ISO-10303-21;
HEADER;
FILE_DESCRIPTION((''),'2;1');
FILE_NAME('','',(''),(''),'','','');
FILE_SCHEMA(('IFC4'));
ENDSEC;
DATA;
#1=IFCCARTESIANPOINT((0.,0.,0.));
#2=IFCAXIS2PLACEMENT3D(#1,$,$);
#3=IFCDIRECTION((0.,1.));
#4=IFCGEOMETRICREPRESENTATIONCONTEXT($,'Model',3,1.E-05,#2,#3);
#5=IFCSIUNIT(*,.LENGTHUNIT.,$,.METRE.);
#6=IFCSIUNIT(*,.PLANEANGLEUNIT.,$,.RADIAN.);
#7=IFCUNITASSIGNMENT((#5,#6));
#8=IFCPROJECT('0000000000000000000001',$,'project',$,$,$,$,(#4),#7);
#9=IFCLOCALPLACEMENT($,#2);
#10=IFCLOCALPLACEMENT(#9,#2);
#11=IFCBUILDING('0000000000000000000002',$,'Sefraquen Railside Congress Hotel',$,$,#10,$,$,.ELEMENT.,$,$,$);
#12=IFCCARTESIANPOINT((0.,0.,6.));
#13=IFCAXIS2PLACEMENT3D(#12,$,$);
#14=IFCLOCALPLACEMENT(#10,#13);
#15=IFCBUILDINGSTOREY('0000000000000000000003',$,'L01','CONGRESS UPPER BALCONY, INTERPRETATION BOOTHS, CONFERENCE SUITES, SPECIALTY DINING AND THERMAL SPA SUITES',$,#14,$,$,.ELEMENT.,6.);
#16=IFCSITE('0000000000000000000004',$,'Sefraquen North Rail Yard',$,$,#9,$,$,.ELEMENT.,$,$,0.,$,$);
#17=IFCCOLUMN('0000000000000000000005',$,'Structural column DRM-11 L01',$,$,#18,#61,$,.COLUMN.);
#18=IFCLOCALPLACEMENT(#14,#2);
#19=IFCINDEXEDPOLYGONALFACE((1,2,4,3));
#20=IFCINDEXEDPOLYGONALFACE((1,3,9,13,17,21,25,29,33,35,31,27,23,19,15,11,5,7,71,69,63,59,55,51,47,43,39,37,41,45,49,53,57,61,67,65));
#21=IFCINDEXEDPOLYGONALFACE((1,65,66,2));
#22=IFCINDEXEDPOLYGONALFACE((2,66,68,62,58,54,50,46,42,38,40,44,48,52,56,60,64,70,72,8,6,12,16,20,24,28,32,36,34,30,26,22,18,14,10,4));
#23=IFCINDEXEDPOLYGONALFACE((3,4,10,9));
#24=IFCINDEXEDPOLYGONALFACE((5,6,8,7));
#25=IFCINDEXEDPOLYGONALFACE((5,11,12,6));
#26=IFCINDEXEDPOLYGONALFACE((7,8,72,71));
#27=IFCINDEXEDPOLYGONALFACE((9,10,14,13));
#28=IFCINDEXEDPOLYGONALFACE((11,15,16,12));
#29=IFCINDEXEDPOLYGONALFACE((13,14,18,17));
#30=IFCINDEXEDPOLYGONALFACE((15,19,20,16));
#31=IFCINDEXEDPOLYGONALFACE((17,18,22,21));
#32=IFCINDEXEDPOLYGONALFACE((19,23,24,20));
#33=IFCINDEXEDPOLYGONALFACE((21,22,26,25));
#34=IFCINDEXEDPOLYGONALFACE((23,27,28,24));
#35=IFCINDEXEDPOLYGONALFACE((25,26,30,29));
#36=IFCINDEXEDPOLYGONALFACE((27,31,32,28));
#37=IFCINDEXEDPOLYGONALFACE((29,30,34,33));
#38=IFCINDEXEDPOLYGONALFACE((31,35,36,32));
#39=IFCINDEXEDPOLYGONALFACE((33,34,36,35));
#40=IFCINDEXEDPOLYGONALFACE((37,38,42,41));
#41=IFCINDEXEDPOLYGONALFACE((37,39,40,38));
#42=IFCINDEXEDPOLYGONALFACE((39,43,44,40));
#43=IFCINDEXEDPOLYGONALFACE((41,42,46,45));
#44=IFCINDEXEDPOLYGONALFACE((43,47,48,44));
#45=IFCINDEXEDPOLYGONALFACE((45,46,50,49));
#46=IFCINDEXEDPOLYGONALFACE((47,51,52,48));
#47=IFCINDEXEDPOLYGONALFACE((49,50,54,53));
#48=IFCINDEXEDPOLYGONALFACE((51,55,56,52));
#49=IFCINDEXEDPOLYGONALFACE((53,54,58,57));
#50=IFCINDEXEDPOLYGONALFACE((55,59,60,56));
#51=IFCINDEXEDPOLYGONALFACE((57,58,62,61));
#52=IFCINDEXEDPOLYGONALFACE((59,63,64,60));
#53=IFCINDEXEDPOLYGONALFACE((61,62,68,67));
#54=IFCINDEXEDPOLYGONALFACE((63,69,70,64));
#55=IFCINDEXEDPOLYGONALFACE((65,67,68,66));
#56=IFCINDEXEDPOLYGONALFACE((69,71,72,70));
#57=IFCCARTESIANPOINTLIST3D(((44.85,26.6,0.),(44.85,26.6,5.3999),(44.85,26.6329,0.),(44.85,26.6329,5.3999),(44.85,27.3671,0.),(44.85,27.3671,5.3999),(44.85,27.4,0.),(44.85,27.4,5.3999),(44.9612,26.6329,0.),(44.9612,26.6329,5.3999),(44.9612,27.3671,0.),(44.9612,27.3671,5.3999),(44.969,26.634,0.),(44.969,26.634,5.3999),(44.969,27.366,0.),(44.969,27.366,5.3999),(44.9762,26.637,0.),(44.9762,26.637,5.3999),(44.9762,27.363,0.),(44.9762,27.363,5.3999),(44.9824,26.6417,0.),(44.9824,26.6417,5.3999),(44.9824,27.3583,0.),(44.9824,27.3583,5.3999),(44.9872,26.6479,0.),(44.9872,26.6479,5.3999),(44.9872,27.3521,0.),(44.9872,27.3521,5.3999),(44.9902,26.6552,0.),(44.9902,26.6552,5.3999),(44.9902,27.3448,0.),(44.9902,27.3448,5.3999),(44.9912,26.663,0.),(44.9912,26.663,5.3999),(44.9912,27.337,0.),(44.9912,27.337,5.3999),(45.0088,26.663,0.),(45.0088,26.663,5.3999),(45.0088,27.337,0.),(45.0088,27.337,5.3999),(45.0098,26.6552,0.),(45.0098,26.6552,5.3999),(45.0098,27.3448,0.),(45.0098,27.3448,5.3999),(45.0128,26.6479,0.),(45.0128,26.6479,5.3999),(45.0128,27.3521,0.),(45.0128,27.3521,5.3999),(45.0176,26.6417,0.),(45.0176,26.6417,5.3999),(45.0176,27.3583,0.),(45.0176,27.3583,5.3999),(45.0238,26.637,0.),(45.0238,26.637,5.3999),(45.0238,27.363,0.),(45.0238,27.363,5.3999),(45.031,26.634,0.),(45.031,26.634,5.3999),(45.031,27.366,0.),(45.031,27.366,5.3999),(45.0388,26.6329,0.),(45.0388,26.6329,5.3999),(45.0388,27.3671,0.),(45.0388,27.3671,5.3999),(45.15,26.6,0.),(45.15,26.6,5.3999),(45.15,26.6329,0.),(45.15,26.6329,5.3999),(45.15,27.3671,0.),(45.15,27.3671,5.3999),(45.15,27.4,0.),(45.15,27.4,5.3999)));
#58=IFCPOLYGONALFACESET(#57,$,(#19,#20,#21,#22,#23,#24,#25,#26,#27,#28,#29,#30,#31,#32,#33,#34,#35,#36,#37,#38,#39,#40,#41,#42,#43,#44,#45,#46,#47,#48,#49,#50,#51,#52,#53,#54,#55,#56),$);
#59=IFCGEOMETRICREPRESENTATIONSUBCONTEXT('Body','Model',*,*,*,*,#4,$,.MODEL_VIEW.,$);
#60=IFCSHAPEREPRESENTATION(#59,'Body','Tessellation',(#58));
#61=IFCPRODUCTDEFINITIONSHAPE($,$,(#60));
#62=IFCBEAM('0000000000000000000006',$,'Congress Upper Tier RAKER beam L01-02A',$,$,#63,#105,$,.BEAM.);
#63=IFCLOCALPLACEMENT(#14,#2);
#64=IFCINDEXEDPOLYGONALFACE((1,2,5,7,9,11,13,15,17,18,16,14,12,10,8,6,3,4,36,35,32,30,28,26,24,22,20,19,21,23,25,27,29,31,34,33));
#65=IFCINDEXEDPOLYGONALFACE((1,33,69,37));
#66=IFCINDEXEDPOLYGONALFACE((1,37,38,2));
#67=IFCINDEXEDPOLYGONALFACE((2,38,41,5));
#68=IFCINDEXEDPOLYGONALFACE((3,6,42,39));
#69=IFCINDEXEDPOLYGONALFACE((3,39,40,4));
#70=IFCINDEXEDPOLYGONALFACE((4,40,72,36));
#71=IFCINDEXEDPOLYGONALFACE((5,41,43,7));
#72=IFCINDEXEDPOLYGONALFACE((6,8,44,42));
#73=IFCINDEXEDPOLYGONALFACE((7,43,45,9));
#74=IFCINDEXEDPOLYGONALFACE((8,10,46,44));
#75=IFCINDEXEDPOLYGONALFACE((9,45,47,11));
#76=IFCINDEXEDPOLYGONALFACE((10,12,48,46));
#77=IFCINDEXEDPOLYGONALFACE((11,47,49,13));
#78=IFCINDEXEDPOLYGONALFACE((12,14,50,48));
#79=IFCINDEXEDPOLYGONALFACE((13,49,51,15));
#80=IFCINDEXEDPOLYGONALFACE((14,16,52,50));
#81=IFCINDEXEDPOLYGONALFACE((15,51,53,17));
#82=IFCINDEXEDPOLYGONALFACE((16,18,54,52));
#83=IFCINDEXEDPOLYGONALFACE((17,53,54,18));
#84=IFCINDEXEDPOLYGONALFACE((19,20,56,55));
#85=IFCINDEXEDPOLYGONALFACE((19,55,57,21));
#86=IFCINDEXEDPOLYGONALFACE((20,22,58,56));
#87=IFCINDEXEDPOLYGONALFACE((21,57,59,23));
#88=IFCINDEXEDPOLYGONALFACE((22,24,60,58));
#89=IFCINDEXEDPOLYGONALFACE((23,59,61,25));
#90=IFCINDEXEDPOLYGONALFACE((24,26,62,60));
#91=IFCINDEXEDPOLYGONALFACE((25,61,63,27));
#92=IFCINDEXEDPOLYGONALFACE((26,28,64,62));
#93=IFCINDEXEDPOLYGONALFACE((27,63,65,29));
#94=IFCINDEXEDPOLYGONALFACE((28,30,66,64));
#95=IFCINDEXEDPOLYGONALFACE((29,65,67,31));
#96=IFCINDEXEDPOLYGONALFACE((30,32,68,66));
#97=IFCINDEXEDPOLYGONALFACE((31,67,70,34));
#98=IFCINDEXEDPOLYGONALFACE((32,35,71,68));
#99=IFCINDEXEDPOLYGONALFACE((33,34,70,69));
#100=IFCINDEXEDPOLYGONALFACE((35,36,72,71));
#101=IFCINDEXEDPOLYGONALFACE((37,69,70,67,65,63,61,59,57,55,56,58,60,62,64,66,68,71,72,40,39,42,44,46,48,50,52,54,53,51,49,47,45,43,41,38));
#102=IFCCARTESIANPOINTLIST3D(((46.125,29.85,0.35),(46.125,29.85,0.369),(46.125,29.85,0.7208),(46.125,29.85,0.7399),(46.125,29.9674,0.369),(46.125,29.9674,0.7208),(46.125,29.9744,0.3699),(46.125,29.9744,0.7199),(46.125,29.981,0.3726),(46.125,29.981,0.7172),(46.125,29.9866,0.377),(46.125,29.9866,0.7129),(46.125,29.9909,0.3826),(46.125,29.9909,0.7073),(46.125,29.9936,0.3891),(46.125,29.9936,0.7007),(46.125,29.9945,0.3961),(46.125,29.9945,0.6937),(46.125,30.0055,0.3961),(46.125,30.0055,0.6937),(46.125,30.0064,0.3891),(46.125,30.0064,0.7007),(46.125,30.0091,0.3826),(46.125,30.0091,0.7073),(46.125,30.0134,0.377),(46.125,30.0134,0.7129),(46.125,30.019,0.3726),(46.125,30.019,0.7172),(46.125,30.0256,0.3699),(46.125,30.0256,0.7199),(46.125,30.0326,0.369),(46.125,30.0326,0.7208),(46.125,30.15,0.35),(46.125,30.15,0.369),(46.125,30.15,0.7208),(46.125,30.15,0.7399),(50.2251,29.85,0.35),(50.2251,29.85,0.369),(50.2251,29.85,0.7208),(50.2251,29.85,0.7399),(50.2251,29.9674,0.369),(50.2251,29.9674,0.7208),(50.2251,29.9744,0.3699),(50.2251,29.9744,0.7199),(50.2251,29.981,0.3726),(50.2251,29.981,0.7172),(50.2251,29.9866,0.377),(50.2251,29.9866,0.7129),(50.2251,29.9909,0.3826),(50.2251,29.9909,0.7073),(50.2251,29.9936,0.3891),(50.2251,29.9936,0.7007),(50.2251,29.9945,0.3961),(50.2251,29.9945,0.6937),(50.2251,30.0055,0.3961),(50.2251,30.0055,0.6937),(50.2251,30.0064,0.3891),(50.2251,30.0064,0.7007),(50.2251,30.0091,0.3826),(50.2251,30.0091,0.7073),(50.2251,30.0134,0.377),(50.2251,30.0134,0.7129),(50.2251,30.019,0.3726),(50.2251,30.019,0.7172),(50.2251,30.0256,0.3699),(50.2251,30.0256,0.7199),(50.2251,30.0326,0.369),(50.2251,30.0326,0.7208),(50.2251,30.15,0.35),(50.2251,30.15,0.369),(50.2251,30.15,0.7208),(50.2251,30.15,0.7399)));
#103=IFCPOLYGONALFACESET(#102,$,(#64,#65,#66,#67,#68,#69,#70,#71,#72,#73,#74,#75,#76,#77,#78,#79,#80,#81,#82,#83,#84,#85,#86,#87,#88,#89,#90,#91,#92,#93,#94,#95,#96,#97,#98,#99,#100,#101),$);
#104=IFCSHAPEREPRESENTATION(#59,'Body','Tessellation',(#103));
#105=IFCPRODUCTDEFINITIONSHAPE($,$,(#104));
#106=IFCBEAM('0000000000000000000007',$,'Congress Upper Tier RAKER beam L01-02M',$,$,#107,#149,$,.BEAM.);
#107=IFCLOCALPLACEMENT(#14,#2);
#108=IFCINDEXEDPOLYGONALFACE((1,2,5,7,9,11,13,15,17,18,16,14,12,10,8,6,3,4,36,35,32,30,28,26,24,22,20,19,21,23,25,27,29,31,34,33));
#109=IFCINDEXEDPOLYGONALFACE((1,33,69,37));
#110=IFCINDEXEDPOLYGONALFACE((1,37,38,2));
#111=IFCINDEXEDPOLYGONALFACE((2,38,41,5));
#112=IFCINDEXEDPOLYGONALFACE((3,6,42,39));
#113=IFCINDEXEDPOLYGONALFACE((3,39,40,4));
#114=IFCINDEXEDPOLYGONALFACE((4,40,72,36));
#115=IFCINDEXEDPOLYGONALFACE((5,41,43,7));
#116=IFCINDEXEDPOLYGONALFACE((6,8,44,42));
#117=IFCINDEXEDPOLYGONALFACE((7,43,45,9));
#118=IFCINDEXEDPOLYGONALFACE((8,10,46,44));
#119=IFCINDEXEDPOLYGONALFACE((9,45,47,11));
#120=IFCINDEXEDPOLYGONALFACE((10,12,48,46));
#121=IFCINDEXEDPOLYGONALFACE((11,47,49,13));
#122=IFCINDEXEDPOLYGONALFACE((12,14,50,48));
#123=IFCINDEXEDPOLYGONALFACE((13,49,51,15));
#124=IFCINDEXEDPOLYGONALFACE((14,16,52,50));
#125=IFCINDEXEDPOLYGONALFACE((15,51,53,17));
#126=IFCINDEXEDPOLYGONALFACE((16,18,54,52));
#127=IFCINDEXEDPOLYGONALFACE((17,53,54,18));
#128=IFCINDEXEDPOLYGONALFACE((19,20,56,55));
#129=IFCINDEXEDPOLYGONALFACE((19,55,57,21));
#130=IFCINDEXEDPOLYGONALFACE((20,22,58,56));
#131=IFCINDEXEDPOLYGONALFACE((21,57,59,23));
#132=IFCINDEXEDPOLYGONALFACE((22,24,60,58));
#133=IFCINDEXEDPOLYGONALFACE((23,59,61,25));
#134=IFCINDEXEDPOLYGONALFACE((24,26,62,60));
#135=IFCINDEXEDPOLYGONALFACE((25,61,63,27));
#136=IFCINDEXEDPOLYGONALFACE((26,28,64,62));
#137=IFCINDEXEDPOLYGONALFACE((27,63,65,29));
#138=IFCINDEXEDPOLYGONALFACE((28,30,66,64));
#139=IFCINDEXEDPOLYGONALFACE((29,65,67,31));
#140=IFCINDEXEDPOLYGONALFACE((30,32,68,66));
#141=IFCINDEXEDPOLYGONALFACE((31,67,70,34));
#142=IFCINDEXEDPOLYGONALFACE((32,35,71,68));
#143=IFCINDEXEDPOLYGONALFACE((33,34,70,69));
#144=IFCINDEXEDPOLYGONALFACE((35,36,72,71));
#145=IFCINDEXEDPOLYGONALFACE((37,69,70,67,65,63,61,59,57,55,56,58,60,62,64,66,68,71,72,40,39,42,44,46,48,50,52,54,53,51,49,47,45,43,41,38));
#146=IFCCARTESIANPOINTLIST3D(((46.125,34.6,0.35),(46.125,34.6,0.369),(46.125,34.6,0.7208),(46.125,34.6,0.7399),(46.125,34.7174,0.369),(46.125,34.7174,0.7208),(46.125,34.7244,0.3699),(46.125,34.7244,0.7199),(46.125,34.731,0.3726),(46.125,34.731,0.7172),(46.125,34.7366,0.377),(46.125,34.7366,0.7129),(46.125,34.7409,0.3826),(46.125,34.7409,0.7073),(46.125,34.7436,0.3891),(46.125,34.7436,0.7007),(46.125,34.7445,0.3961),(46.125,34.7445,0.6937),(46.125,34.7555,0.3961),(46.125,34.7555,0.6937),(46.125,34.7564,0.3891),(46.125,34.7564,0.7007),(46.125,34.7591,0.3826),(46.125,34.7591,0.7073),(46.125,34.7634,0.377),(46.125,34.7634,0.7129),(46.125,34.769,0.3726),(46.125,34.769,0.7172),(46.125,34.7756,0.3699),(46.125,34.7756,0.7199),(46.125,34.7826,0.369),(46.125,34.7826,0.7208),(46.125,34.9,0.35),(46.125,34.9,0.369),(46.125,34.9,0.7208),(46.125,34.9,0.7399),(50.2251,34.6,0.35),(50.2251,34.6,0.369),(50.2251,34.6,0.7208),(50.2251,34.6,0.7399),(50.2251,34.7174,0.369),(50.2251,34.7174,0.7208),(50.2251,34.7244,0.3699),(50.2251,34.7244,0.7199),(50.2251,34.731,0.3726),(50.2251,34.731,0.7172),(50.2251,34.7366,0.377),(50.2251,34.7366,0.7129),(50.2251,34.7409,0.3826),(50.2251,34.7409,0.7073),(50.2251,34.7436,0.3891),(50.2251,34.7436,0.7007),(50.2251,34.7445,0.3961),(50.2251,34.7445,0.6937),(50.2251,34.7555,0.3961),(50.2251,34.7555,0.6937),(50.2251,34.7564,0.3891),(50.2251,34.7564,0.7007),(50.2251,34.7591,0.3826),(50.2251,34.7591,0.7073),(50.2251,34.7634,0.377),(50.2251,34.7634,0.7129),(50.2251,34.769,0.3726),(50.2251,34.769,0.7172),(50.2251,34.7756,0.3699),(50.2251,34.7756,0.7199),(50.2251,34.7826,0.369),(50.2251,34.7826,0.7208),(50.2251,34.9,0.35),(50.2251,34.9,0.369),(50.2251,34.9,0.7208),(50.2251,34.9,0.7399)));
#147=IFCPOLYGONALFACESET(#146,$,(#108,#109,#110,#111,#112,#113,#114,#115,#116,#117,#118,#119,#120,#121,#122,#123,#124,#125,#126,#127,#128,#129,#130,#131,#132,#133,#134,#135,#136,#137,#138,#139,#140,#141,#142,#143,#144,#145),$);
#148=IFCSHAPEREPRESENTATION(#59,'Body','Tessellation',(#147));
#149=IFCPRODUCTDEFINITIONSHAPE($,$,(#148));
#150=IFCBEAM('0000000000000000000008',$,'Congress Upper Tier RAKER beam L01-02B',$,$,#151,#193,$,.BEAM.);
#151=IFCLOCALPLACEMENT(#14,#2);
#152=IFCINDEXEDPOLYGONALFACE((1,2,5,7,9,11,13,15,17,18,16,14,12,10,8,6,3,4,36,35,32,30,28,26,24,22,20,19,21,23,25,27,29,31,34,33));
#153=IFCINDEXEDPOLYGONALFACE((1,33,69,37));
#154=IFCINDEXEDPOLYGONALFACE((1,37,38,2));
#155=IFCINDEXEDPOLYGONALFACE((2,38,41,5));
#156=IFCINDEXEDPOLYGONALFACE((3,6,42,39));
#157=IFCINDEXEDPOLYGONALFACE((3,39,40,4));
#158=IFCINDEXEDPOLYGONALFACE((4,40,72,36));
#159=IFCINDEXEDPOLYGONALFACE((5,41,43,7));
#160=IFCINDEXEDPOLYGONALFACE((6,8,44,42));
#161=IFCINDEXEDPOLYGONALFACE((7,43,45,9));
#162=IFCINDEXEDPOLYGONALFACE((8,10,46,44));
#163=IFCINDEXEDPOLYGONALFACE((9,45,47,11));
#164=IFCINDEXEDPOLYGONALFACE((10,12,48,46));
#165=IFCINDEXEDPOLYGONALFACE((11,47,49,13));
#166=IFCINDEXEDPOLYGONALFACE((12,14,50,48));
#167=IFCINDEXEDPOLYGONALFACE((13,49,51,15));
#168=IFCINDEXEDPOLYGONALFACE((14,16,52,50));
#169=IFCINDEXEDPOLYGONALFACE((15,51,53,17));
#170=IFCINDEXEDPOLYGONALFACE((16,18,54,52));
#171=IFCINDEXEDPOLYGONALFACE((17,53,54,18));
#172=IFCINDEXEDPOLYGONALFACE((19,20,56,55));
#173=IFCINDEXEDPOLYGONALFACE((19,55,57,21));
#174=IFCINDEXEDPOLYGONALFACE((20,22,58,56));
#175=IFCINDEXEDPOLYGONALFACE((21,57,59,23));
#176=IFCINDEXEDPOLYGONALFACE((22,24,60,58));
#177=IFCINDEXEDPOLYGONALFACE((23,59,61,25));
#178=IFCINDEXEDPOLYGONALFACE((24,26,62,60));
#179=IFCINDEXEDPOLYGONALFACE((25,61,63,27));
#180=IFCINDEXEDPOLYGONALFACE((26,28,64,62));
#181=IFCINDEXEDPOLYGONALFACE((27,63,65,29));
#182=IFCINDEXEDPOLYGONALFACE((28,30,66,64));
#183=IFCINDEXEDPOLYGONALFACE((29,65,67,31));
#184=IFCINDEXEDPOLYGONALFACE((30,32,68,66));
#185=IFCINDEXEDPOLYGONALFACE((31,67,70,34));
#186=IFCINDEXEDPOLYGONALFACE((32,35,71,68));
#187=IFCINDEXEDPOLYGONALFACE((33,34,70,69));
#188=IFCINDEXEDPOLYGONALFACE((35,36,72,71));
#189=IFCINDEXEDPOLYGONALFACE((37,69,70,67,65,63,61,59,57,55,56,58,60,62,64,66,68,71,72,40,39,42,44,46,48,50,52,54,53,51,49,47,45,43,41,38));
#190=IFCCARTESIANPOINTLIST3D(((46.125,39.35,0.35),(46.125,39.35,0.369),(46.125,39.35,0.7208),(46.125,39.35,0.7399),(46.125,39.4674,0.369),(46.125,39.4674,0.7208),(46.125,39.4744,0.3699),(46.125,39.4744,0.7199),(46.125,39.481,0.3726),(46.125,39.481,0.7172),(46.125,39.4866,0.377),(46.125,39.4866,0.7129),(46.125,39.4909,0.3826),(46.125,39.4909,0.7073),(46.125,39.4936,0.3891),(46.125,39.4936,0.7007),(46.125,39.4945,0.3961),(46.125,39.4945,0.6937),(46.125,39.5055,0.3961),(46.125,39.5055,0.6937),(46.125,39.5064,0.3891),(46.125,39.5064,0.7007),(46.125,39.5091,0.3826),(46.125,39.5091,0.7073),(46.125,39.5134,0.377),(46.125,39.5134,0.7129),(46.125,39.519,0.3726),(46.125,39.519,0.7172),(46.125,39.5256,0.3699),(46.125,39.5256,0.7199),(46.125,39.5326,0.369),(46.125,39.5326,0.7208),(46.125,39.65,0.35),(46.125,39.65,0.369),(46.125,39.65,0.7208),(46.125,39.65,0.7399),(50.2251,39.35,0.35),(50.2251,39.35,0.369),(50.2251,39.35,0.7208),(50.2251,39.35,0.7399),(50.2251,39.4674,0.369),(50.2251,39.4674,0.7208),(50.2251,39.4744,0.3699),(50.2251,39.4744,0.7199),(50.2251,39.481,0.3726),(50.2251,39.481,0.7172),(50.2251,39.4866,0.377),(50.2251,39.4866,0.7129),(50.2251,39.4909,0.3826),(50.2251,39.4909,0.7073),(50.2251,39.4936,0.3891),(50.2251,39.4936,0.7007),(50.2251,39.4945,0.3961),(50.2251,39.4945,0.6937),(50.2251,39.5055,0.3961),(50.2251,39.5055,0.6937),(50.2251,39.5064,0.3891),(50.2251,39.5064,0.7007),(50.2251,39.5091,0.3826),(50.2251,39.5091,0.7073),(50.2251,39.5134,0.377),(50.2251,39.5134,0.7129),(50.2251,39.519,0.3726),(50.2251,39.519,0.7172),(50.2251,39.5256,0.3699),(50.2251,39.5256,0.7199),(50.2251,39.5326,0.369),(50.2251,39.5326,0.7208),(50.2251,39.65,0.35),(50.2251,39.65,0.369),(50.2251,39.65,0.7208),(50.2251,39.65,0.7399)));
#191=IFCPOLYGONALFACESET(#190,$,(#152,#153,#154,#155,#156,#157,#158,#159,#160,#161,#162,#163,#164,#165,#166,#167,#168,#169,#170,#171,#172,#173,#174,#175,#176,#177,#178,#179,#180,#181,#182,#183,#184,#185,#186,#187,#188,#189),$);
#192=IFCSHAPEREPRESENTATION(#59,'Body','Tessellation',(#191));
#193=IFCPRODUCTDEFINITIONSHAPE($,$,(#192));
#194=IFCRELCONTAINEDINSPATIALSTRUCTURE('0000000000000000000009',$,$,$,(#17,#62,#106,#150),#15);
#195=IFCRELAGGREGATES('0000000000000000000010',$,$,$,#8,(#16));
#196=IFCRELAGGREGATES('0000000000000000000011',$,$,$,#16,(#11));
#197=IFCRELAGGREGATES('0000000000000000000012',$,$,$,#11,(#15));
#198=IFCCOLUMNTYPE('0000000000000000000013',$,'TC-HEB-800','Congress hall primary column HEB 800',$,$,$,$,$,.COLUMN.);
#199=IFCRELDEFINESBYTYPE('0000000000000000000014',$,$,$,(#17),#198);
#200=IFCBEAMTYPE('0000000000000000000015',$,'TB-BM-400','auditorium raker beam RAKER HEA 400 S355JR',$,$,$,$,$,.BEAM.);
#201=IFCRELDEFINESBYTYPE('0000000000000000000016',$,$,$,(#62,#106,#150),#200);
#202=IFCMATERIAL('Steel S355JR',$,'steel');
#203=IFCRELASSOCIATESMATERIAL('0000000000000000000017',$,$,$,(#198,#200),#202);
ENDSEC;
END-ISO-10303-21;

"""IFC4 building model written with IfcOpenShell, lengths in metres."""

from ifc_helpers import new_model, si_unit, direction, frame, origin, origin_2d, place, context, subcontext, project, spatial, i_section, extrude, material, material_profile, profile_set, type_object, element, save


model = new_model("IFC4")

# Units and contexts
model_context = context("Model", 3, precision=1e-05, world=origin(), true_north=direction((0.0, 1.0)))
body_context = subcontext(model_context, "Body", "Model", "MODEL_VIEW")
ifc_project = project(units=[si_unit("LENGTHUNIT", "METRE"), si_unit("PLANEANGLEUNIT", "RADIAN")], contexts=[model_context])

# Site, building, storey
site_placement = place(None, origin())
site = spatial("IfcSite", under=ifc_project, at=site_placement, Name="Sefraquen North Rail Yard", CompositionType="ELEMENT", RefElevation=0.0)
building_placement = place(site_placement, origin())
building = spatial("IfcBuilding", under=site, at=building_placement, Name="Sefraquen Railside Congress Hotel", CompositionType="ELEMENT")
storey_placement = place(building_placement, frame((0.0, 0.0, 6.0)))
storey = spatial("IfcBuildingStorey", under=building, at=storey_placement, Name="L01", Description="CONGRESS UPPER BALCONY, INTERPRETATION BOOTHS, CONFERENCE SUITES, SPECIALTY DINING AND THERMAL SPA SUITES", CompositionType="ELEMENT", Elevation=6.0)

# Column
ifc_material_1 = material(Name="Steel S355JR", Category="steel")
ifc_material_profile_1 = material_profile(ifc_material_1, i_section(OverallWidth=0.3, OverallDepth=0.8, WebThickness=0.0176, FlangeThickness=0.033, FilletRadius=0.03, at=origin_2d()), Name="HEB 800")
ifc_profile_set_1 = profile_set([ifc_material_profile_1], Name="Steel S355JR")
column_type_1 = type_object("IfcColumnType", Name="TC-HEB-800", Description="Congress hall primary column HEB 800", PredefinedType="COLUMN", material=ifc_profile_set_1)
for number, where, z_axis, x_axis, name in (
    (1, (45.0, 27.0, 0.0), (0.0, 0.0, 1.0), (1.0, 0.0, 0.0), "Structural column DRM-11 L01"),
):
    element("IfcColumn", number, at=place(storey_placement, frame(where, z_axis=z_axis, x_axis=x_axis)), inside=storey, type_object=column_type_1, Name=name, PredefinedType="COLUMN", context=body_context, shape_type="SweptSolid", body=[
        extrude(i_section(OverallWidth=0.3, OverallDepth=0.8, WebThickness=0.0176, FlangeThickness=0.033, FilletRadius=0.03, at=origin_2d()), origin(), (0.0, 0.0, 1.0), 5.3999),
    ])

# Beams
ifc_material_profile_2 = material_profile(ifc_material_1, i_section(OverallWidth=0.3, OverallDepth=0.3899, WebThickness=0.011, FlangeThickness=0.019, FilletRadius=0.0271, at=origin_2d()), Name="HEA 400")
ifc_profile_set_2 = profile_set([ifc_material_profile_2], Name="Steel S355JR")
beam_type_1 = type_object("IfcBeamType", Name="TB-BM-400", Description="auditorium raker beam RAKER HEA 400 S355JR", PredefinedType="BEAM", material=ifc_profile_set_2)
for number, where, z_axis, x_axis, name in (
    (2, (46.125, 30.0, 0.5449), (1.0, 0.0, 0.0), (0.0, 1.0, 0.0), "Congress Upper Tier RAKER beam L01-02A"),
    (3, (46.125, 34.75, 0.5449), (1.0, 0.0, 0.0), (0.0, 1.0, 0.0), "Congress Upper Tier RAKER beam L01-02M"),
    (4, (46.125, 39.5, 0.5449), (1.0, 0.0, 0.0), (0.0, 1.0, 0.0), "Congress Upper Tier RAKER beam L01-02B"),
):
    element("IfcBeam", number, at=place(storey_placement, frame(where, z_axis=z_axis, x_axis=x_axis)), inside=storey, type_object=beam_type_1, Name=name, PredefinedType="BEAM", context=body_context, shape_type="SweptSolid", body=[
        extrude(i_section(OverallWidth=0.3, OverallDepth=0.3899, WebThickness=0.011, FlangeThickness=0.019, FilletRadius=0.0271, at=origin_2d()), origin(), (0.0, 0.0, 1.0), 4.1001),
    ])

save(model, "model.ifc")
